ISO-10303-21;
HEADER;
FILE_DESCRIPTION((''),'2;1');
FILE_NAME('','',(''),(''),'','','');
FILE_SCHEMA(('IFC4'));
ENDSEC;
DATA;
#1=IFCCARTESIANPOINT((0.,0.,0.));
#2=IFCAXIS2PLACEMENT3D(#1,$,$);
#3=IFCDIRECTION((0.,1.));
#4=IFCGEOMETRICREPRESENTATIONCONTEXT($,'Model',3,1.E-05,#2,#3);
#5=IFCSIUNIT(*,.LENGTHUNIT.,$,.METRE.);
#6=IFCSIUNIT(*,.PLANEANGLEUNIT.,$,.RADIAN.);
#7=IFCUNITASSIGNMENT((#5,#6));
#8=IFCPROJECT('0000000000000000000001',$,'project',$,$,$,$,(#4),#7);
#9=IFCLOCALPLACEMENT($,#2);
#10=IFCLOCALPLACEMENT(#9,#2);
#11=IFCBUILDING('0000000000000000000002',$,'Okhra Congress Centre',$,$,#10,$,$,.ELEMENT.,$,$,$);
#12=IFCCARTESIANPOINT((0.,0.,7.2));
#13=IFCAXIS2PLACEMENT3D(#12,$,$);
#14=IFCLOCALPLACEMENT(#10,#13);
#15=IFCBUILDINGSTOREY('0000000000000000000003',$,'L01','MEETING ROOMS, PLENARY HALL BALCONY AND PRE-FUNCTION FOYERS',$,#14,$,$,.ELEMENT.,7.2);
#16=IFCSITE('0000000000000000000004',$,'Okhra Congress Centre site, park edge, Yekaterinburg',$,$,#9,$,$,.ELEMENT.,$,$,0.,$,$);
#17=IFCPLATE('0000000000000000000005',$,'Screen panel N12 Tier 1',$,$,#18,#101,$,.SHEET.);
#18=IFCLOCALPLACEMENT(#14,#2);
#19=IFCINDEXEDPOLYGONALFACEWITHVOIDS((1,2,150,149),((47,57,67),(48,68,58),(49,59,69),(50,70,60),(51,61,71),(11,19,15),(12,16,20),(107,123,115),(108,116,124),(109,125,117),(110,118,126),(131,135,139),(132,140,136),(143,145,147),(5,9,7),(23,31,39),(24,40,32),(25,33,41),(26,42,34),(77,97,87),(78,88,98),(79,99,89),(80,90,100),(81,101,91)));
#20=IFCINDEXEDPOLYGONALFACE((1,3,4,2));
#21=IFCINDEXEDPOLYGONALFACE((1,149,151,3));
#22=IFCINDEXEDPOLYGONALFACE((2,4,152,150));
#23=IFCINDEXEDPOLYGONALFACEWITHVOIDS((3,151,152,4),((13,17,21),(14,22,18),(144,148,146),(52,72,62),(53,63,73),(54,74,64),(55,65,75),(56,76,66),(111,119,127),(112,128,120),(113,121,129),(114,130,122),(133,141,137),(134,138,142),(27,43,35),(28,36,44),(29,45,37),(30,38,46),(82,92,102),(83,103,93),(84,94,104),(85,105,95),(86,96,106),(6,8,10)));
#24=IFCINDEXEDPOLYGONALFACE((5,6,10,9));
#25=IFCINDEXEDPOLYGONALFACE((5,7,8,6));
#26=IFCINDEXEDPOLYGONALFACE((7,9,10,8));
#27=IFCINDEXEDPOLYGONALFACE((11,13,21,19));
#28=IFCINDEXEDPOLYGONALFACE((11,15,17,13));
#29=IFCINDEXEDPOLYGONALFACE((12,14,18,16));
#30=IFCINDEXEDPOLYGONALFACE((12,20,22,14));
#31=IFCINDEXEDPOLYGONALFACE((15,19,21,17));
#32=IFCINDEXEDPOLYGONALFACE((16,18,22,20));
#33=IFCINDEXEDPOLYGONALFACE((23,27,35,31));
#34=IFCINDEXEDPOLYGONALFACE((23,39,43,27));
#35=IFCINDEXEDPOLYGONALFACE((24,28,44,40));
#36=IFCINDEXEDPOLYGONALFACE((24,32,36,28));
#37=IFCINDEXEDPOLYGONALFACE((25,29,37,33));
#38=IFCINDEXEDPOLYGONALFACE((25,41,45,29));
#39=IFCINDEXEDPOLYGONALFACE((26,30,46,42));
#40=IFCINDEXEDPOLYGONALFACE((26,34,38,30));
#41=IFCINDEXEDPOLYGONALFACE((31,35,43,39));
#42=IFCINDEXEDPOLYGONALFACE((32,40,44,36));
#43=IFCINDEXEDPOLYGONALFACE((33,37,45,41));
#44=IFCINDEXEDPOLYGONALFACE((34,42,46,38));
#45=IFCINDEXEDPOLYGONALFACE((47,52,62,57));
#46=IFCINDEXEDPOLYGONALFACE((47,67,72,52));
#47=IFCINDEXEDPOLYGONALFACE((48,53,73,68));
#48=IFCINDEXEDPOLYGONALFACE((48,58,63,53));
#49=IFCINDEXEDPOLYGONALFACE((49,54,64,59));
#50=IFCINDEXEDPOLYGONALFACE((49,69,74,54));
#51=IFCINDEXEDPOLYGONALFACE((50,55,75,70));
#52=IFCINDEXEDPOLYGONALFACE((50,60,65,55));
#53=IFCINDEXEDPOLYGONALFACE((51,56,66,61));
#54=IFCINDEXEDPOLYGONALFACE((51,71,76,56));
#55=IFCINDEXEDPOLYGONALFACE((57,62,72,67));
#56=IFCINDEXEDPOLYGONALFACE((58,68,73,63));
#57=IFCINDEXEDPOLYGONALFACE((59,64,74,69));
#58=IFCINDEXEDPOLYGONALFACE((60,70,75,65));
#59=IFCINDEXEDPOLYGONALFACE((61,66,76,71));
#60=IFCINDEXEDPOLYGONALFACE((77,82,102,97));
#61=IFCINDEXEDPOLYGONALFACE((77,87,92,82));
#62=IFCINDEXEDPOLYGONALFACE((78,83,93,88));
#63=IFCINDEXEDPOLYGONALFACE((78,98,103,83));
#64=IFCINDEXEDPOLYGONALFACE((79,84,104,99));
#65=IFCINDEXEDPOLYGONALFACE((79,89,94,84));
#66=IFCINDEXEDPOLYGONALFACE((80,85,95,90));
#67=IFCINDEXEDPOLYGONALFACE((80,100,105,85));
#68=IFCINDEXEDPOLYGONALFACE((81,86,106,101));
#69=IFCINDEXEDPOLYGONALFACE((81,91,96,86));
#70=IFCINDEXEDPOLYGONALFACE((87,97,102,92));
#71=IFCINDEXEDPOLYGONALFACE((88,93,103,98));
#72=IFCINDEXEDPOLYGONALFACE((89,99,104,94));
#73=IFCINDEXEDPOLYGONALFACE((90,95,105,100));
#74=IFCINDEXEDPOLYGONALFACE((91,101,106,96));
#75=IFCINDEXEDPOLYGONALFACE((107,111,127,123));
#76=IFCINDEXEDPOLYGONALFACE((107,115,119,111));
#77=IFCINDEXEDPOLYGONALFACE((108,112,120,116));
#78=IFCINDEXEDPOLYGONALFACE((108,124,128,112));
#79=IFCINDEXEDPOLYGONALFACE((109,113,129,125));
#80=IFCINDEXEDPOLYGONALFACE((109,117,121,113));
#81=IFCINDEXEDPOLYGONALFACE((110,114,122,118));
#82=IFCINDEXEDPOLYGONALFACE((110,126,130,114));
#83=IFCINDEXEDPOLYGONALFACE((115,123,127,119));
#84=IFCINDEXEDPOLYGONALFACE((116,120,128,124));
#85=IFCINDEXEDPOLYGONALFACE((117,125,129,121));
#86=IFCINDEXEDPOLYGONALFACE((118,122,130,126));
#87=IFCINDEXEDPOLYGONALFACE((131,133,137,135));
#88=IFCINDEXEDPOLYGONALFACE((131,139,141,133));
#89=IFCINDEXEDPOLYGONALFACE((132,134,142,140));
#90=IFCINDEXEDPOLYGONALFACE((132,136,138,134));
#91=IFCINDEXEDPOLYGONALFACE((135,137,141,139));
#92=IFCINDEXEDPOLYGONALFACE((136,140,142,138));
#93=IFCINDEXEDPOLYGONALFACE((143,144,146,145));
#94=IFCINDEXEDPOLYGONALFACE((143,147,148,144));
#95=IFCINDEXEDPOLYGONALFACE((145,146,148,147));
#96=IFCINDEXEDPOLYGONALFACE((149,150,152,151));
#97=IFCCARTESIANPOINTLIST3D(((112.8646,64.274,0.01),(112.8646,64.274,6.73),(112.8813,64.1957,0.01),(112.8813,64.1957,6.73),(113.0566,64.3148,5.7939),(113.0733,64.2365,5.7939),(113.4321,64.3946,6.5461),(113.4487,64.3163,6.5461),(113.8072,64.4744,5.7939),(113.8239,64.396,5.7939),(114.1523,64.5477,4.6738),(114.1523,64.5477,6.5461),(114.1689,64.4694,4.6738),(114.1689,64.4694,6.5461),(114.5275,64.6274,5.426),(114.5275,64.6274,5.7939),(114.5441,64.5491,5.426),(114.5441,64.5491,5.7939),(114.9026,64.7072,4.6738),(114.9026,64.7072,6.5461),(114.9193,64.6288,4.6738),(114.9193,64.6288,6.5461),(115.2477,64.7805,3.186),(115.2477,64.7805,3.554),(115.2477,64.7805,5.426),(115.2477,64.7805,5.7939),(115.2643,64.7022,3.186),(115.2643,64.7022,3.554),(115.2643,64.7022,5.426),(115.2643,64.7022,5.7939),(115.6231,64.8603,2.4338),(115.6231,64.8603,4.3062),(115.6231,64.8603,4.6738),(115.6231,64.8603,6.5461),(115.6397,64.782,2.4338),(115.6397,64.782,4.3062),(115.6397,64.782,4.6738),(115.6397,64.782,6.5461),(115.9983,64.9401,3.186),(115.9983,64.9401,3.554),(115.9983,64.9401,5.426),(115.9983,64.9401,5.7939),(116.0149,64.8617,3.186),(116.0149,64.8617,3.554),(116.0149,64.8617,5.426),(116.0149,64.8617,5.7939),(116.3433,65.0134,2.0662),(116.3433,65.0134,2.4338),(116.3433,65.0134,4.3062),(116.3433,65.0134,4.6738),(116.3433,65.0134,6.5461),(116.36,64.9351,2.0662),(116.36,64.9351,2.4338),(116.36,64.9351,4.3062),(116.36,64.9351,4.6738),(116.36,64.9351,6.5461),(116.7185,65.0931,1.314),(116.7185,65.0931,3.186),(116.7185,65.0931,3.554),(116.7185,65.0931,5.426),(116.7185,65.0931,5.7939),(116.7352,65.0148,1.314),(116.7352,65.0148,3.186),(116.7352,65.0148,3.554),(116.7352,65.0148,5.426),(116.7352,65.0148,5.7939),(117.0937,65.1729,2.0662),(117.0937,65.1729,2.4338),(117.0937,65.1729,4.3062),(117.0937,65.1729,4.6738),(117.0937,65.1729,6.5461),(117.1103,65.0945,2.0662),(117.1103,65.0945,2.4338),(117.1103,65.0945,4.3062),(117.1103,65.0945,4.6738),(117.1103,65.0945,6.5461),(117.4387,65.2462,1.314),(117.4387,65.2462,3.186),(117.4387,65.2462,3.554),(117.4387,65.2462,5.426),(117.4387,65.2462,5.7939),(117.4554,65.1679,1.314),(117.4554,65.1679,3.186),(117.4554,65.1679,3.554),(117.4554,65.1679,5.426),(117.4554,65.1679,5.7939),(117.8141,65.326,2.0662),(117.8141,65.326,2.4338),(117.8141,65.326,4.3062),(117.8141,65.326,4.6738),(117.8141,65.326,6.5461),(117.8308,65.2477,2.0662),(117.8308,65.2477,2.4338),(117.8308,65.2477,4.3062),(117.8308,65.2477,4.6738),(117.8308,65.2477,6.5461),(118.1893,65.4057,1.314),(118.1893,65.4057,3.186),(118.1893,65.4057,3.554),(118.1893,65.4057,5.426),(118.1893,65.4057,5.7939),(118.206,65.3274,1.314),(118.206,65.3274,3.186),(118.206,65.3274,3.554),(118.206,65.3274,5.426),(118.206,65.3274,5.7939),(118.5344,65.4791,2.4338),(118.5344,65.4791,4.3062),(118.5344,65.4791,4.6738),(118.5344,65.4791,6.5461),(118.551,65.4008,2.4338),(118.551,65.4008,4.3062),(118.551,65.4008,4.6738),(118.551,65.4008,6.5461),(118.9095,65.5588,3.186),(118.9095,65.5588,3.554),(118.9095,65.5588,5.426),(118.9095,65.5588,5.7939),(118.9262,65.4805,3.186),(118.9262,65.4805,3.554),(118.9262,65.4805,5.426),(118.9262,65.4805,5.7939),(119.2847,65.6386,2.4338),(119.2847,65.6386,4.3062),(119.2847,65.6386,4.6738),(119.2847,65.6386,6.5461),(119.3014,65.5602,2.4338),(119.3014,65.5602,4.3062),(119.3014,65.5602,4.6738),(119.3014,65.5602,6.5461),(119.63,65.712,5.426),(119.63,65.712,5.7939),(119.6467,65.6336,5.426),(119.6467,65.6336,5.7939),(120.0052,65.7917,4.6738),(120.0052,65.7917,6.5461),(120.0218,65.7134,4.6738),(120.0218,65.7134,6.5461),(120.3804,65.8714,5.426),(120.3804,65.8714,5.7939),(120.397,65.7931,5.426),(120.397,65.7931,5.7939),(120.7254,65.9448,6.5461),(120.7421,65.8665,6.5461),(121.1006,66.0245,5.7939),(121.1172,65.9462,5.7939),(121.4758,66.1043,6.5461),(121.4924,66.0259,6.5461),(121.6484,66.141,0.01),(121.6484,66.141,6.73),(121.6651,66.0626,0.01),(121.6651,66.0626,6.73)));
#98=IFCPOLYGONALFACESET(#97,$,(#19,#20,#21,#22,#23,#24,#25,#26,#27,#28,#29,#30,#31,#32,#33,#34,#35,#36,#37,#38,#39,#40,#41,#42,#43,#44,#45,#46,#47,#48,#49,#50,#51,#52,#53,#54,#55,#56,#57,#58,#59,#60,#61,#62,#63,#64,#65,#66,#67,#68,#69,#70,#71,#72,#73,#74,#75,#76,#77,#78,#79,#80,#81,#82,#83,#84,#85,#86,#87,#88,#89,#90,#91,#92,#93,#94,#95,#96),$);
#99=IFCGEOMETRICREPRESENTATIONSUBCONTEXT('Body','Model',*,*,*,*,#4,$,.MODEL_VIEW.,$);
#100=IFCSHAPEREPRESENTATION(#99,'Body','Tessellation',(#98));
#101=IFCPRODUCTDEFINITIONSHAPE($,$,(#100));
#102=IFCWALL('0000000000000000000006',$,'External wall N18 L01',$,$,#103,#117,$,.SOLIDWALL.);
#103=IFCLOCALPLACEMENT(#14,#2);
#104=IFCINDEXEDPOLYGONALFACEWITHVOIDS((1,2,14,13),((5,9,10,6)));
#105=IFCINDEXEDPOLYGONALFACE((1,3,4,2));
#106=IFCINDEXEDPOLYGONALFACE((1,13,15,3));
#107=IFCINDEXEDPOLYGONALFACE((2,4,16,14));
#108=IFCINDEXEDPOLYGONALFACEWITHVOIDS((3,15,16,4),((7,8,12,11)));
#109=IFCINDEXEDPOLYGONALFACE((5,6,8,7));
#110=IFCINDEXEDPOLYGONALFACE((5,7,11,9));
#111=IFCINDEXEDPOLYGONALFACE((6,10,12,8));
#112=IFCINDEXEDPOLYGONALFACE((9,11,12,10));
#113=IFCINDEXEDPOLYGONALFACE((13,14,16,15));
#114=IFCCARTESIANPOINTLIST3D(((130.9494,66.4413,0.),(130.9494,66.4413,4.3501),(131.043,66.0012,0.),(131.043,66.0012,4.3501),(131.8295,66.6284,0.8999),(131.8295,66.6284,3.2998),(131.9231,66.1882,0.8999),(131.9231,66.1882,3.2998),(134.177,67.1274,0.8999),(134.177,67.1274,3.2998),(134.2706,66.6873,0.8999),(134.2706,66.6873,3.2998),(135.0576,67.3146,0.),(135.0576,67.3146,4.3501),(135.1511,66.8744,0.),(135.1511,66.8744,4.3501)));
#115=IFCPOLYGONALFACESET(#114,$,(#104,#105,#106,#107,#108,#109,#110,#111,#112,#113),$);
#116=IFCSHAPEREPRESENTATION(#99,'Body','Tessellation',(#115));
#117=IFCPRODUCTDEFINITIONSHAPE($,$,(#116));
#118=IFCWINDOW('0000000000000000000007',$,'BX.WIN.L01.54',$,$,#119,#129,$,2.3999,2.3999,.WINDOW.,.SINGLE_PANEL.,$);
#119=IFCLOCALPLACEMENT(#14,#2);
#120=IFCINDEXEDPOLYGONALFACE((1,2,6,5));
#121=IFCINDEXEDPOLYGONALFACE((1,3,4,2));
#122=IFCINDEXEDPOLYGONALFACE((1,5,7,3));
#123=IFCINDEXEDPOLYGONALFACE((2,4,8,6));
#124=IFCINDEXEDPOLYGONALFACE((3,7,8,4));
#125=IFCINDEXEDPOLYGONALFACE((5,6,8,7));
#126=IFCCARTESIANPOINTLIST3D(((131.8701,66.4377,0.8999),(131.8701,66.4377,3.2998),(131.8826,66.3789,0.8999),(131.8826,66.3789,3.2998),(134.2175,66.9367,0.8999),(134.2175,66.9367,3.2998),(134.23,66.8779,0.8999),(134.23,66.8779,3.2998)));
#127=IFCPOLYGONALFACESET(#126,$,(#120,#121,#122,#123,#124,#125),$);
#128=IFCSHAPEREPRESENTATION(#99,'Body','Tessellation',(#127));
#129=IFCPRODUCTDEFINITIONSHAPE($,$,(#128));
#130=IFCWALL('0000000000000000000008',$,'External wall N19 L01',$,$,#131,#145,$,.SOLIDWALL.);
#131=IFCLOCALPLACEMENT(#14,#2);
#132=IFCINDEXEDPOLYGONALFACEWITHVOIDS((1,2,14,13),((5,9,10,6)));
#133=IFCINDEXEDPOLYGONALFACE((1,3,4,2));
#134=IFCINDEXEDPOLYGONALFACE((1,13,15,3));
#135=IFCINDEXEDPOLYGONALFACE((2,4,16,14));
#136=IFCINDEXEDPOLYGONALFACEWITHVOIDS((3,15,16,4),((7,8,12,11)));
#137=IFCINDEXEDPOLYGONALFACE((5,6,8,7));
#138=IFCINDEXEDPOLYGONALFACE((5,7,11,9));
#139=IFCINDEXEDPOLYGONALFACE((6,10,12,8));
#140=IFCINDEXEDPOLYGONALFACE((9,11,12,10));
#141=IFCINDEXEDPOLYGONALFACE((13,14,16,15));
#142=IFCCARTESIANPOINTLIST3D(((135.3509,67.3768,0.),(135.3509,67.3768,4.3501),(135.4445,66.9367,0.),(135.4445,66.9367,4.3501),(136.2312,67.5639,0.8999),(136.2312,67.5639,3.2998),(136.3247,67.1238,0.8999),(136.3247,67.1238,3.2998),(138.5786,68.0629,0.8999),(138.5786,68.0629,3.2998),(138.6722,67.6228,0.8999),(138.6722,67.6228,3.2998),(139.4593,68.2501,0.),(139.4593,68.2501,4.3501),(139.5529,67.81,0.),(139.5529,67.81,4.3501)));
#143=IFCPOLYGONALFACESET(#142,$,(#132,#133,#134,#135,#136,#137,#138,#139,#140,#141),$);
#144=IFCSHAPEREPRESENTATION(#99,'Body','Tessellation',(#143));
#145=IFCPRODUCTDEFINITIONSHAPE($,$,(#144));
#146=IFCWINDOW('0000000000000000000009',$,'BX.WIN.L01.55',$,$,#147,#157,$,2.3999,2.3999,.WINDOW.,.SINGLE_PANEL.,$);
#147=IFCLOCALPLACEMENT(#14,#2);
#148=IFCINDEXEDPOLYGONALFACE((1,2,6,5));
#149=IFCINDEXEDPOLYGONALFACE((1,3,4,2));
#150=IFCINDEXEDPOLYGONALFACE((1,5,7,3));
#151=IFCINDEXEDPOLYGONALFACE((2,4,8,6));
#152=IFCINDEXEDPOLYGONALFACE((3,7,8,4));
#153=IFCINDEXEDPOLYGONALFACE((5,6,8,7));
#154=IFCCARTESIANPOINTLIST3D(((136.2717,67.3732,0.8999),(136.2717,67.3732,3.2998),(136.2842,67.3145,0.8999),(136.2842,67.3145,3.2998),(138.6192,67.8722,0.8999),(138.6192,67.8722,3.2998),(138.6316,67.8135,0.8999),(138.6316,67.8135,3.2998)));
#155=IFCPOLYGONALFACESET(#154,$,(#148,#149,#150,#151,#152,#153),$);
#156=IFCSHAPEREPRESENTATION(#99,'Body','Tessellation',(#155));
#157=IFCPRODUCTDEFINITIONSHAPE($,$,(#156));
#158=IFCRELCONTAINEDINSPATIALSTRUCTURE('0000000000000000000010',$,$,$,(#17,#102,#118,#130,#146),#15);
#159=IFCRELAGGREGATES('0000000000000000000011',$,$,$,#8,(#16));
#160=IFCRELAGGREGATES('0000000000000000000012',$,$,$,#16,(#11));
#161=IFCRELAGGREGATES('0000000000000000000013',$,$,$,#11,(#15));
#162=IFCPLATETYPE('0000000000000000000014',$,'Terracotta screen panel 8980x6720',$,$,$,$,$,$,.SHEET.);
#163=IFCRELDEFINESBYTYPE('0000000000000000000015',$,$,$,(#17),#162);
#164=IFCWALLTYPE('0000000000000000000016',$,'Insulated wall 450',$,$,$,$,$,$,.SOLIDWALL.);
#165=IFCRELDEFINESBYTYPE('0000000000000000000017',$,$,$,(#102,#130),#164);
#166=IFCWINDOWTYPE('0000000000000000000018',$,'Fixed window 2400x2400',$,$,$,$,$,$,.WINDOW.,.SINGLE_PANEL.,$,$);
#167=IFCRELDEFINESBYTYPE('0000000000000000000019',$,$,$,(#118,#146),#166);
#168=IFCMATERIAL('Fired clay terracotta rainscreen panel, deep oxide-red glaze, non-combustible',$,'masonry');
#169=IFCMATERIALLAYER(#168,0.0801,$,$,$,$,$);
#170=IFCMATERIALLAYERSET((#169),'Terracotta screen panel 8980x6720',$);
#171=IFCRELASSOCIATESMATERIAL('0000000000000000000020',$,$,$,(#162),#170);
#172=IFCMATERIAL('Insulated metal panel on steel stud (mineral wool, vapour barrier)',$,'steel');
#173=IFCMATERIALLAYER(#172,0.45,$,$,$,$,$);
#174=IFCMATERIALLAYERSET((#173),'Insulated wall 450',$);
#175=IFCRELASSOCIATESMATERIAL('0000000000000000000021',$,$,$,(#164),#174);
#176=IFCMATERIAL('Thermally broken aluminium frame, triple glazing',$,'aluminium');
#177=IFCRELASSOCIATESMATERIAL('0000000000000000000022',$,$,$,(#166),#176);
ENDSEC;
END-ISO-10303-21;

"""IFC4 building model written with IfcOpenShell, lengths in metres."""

from ifc_helpers import new_model, si_unit, direction, frame, frame_2d, origin, place, context, subcontext, project, spatial, polyline, rectangle, outline, extrude, material, layer, layer_set, type_object, element, fill, save


model = new_model("IFC4")

# Units and contexts
model_context = context("Model", 3, precision=1e-05, world=origin(), true_north=direction((0.0, 1.0)))
body_context = subcontext(model_context, "Body", "Model", "MODEL_VIEW")
ifc_project = project(units=[si_unit("LENGTHUNIT", "METRE"), si_unit("PLANEANGLEUNIT", "RADIAN")], contexts=[model_context])

# Site, building, storey
site_placement = place(None, origin())
site = spatial("IfcSite", under=ifc_project, at=site_placement, Name="Okhra Congress Centre site, park edge, Yekaterinburg", CompositionType="ELEMENT", RefElevation=0.0)
building_placement = place(site_placement, origin())
building = spatial("IfcBuilding", under=site, at=building_placement, Name="Okhra Congress Centre", CompositionType="ELEMENT")
storey_placement = place(building_placement, frame((0.0, 0.0, 7.2)))
storey = spatial("IfcBuildingStorey", under=building, at=storey_placement, Name="L01", Description="MEETING ROOMS, PLENARY HALL BALCONY AND PRE-FUNCTION FOYERS", CompositionType="ELEMENT", Elevation=7.2)

# Plate
ifc_material_1 = material(Name="Fired clay terracotta rainscreen panel, deep oxide-red glaze, non-combustible", Category="masonry")
ifc_layer_1 = layer(ifc_material_1, 0.0801)
ifc_layer_set_1 = layer_set([ifc_layer_1], Name="Terracotta screen panel 8980x6720")
plate_type = type_object("IfcPlateType", Name="Terracotta screen panel 8980x6720", PredefinedType="SHEET", material=ifc_layer_set_1)
plate_1_placement = place(storey_placement, frame((121.6567, 66.1018, 0.01), z_axis=(0.0, 0.0, 1.0), x_axis=(-0.97815, -0.207902, 0.0)))
element("IfcPlate", 1, at=plate_1_placement, inside=storey, type_object=plate_type, Name="Screen panel N12 Tier 1", PredefinedType="SHEET", context=body_context, shape_type="SweptSolid", body=[
    extrude(outline(polyline([(0.0, 0.0), (8.98, 0.0), (8.98, 6.72), (0.0, 6.72), (0.0, 0.0)]), holes=[polyline([(3.5364, 1.304), (4.3037, 1.304), (3.9199, 2.0562), (3.5364, 1.304)]), polyline([(4.6565, 2.0562), (5.04, 1.304), (5.4236, 2.0562), (4.6565, 2.0562)]), polyline([(2.4165, 2.4238), (3.1836, 2.4238), (2.8, 3.176), (2.4165, 2.4238)]), polyline([(3.5364, 3.176), (3.9199, 2.4238), (4.3037, 3.176), (3.5364, 3.176)]), polyline([(4.6565, 2.4238), (5.4236, 2.4238), (5.04, 3.176), (4.6565, 2.4238)]), polyline([(5.7764, 3.176), (6.1599, 2.4238), (6.5437, 3.176), (5.7764, 3.176)]), polyline([(2.4165, 4.2961), (2.8, 3.5439), (3.1836, 4.2961), (2.4165, 4.2961)]), polyline([(3.5364, 3.5439), (4.3037, 3.5439), (3.9199, 4.2961), (3.5364, 3.5439)]), polyline([(4.6565, 4.2961), (5.04, 3.5439), (5.4236, 4.2961), (4.6565, 4.2961)]), polyline([(5.7764, 3.5439), (6.5437, 3.5439), (6.1599, 4.2961), (5.7764, 3.5439)]), polyline([(1.2964, 5.416), (1.6799, 4.6638), (2.0635, 5.416), (1.2964, 5.416)]), polyline([(2.4165, 4.6638), (3.1836, 4.6638), (2.8, 5.416), (2.4165, 4.6638)]), polyline([(3.5364, 5.416), (3.9199, 4.6638), (4.3037, 5.416), (3.5364, 5.416)]), polyline([(4.6565, 4.6638), (5.4236, 4.6638), (5.04, 5.416), (4.6565, 4.6638)]), polyline([(5.7764, 5.416), (6.1599, 4.6638), (6.5437, 5.416), (5.7764, 5.416)]), polyline([(6.8965, 4.6638), (7.6636, 4.6638), (7.28, 5.416), (6.8965, 4.6638)]), polyline([(0.1765, 6.5361), (0.5601, 5.7839), (0.9436, 6.5361), (0.1765, 6.5361)]), polyline([(1.2964, 5.7839), (2.0635, 5.7839), (1.6799, 6.5361), (1.2964, 5.7839)]), polyline([(2.4165, 6.5361), (2.8, 5.7839), (3.1836, 6.5361), (2.4165, 6.5361)]), polyline([(3.5364, 5.7839), (4.3037, 5.7839), (3.9199, 6.5361), (3.5364, 5.7839)]), polyline([(4.6565, 6.5361), (5.04, 5.7839), (5.4236, 6.5361), (4.6565, 6.5361)]), polyline([(5.7764, 5.7839), (6.5437, 5.7839), (6.1599, 6.5361), (5.7764, 5.7839)]), polyline([(6.8965, 6.5361), (7.28, 5.7839), (7.6636, 6.5361), (6.8965, 6.5361)]), polyline([(8.0164, 5.7839), (8.7837, 5.7839), (8.3999, 6.5361), (8.0164, 5.7839)])]), frame((0.0, 0.04, 0.0), z_axis=(0.0, -1.0, 0.0), x_axis=(1.0, 0.0, 0.0)), (0.0, 0.0, 1.0), 0.0801),
])

# Walls, openings, windows
ifc_material_2 = material(Name="Insulated metal panel on steel stud (mineral wool, vapour barrier)", Category="steel")
ifc_layer_2 = layer(ifc_material_2, 0.45)
ifc_layer_set_2 = layer_set([ifc_layer_2], Name="Insulated wall 450")
wall_type_1 = type_object("IfcWallType", Name="Insulated wall 450", PredefinedType="SOLIDWALL", material=ifc_layer_set_2)
wall_1_placement = place(storey_placement, frame((130.9961, 66.2212, 0.0), z_axis=(0.0, 0.0, 1.0), x_axis=(0.978144, 0.207929, 0.0)))
wall_1 = element("IfcWall", 2, at=wall_1_placement, inside=storey, type_object=wall_type_1, Name="External wall N18 L01", PredefinedType="SOLIDWALL", context=body_context, shape_type="SweptSolid", body=[
    extrude(rectangle(XDim=4.2, YDim=0.45, at=frame_2d((2.1001, 0.0))), origin(), (0.0, 0.0, 1.0), 4.3501),
])
opening_1_placement = place(wall_1_placement, frame((0.8999, 0.0, 0.8999)))
opening_1 = element("IfcOpeningElement", 3, at=opening_1_placement, cuts=wall_1, PredefinedType="OPENING", context=body_context, shape_type="SweptSolid", body=[
    extrude(rectangle(XDim=2.3999, YDim=2.3999, at=frame_2d((1.2, 1.2))), frame((0.0, 0.2349, 0.0), z_axis=(0.0, -1.0, 0.0), x_axis=(1.0, 0.0, 0.0)), (0.0, 0.0, 1.0), 0.47),
])
ifc_material_3 = material(Name="Thermally broken aluminium frame, triple glazing", Category="aluminium")
window_type = type_object("IfcWindowType", Name="Fixed window 2400x2400", PartitioningType="SINGLE_PANEL", PredefinedType="WINDOW", material=ifc_material_3)
window_1_placement = place(opening_1_placement, origin())
window_1 = element("IfcWindow", 4, at=window_1_placement, inside=storey, type_object=window_type, Name="BX.WIN.L01.54", OverallHeight=2.3999, OverallWidth=2.3999, PartitioningType="SINGLE_PANEL", PredefinedType="WINDOW", context=body_context, shape_type="SweptSolid", body=[
    extrude(rectangle(XDim=2.3999, YDim=2.3999, at=frame_2d((1.2, 1.2))), frame((0.0, 0.03, 0.0), z_axis=(0.0, -1.0, 0.0), x_axis=(1.0, 0.0, 0.0)), (0.0, 0.0, 1.0), 0.0601),
])
fill(opening_1, window_1)
wall_2_placement = place(storey_placement, frame((135.3977, 67.1567, 0.0), z_axis=(0.0, 0.0, 1.0), x_axis=(0.978146, 0.207917, 0.0)))
wall_2 = element("IfcWall", 5, at=wall_2_placement, inside=storey, type_object=wall_type_1, Name="External wall N19 L01", PredefinedType="SOLIDWALL", context=body_context, shape_type="SweptSolid", body=[
    extrude(rectangle(XDim=4.2002, YDim=0.45, at=frame_2d((2.1001, 0.0))), origin(), (0.0, 0.0, 1.0), 4.3501),
])
opening_2_placement = place(wall_2_placement, frame((0.8999, 0.0, 0.8999)))
opening_2 = element("IfcOpeningElement", 6, at=opening_2_placement, cuts=wall_2, PredefinedType="OPENING", context=body_context, shape_type="SweptSolid", body=[
    extrude(rectangle(XDim=2.3999, YDim=2.3999, at=frame_2d((1.2, 1.2))), frame((0.0, 0.2349, 0.0), z_axis=(0.0, -1.0, 0.0), x_axis=(1.0, 0.0, 0.0)), (0.0, 0.0, 1.0), 0.47),
])
window_2_placement = place(opening_2_placement, origin())
window_2 = element("IfcWindow", 7, at=window_2_placement, inside=storey, type_object=window_type, Name="BX.WIN.L01.55", OverallHeight=2.3999, OverallWidth=2.3999, PartitioningType="SINGLE_PANEL", PredefinedType="WINDOW", context=body_context, shape_type="SweptSolid", body=[
    extrude(rectangle(XDim=2.3999, YDim=2.3999, at=frame_2d((1.2, 1.2))), frame((0.0, 0.03, 0.0), z_axis=(0.0, -1.0, 0.0), x_axis=(1.0, 0.0, 0.0)), (0.0, 0.0, 1.0), 0.0601),
])
fill(opening_2, window_2)

save(model, "model.ifc")
